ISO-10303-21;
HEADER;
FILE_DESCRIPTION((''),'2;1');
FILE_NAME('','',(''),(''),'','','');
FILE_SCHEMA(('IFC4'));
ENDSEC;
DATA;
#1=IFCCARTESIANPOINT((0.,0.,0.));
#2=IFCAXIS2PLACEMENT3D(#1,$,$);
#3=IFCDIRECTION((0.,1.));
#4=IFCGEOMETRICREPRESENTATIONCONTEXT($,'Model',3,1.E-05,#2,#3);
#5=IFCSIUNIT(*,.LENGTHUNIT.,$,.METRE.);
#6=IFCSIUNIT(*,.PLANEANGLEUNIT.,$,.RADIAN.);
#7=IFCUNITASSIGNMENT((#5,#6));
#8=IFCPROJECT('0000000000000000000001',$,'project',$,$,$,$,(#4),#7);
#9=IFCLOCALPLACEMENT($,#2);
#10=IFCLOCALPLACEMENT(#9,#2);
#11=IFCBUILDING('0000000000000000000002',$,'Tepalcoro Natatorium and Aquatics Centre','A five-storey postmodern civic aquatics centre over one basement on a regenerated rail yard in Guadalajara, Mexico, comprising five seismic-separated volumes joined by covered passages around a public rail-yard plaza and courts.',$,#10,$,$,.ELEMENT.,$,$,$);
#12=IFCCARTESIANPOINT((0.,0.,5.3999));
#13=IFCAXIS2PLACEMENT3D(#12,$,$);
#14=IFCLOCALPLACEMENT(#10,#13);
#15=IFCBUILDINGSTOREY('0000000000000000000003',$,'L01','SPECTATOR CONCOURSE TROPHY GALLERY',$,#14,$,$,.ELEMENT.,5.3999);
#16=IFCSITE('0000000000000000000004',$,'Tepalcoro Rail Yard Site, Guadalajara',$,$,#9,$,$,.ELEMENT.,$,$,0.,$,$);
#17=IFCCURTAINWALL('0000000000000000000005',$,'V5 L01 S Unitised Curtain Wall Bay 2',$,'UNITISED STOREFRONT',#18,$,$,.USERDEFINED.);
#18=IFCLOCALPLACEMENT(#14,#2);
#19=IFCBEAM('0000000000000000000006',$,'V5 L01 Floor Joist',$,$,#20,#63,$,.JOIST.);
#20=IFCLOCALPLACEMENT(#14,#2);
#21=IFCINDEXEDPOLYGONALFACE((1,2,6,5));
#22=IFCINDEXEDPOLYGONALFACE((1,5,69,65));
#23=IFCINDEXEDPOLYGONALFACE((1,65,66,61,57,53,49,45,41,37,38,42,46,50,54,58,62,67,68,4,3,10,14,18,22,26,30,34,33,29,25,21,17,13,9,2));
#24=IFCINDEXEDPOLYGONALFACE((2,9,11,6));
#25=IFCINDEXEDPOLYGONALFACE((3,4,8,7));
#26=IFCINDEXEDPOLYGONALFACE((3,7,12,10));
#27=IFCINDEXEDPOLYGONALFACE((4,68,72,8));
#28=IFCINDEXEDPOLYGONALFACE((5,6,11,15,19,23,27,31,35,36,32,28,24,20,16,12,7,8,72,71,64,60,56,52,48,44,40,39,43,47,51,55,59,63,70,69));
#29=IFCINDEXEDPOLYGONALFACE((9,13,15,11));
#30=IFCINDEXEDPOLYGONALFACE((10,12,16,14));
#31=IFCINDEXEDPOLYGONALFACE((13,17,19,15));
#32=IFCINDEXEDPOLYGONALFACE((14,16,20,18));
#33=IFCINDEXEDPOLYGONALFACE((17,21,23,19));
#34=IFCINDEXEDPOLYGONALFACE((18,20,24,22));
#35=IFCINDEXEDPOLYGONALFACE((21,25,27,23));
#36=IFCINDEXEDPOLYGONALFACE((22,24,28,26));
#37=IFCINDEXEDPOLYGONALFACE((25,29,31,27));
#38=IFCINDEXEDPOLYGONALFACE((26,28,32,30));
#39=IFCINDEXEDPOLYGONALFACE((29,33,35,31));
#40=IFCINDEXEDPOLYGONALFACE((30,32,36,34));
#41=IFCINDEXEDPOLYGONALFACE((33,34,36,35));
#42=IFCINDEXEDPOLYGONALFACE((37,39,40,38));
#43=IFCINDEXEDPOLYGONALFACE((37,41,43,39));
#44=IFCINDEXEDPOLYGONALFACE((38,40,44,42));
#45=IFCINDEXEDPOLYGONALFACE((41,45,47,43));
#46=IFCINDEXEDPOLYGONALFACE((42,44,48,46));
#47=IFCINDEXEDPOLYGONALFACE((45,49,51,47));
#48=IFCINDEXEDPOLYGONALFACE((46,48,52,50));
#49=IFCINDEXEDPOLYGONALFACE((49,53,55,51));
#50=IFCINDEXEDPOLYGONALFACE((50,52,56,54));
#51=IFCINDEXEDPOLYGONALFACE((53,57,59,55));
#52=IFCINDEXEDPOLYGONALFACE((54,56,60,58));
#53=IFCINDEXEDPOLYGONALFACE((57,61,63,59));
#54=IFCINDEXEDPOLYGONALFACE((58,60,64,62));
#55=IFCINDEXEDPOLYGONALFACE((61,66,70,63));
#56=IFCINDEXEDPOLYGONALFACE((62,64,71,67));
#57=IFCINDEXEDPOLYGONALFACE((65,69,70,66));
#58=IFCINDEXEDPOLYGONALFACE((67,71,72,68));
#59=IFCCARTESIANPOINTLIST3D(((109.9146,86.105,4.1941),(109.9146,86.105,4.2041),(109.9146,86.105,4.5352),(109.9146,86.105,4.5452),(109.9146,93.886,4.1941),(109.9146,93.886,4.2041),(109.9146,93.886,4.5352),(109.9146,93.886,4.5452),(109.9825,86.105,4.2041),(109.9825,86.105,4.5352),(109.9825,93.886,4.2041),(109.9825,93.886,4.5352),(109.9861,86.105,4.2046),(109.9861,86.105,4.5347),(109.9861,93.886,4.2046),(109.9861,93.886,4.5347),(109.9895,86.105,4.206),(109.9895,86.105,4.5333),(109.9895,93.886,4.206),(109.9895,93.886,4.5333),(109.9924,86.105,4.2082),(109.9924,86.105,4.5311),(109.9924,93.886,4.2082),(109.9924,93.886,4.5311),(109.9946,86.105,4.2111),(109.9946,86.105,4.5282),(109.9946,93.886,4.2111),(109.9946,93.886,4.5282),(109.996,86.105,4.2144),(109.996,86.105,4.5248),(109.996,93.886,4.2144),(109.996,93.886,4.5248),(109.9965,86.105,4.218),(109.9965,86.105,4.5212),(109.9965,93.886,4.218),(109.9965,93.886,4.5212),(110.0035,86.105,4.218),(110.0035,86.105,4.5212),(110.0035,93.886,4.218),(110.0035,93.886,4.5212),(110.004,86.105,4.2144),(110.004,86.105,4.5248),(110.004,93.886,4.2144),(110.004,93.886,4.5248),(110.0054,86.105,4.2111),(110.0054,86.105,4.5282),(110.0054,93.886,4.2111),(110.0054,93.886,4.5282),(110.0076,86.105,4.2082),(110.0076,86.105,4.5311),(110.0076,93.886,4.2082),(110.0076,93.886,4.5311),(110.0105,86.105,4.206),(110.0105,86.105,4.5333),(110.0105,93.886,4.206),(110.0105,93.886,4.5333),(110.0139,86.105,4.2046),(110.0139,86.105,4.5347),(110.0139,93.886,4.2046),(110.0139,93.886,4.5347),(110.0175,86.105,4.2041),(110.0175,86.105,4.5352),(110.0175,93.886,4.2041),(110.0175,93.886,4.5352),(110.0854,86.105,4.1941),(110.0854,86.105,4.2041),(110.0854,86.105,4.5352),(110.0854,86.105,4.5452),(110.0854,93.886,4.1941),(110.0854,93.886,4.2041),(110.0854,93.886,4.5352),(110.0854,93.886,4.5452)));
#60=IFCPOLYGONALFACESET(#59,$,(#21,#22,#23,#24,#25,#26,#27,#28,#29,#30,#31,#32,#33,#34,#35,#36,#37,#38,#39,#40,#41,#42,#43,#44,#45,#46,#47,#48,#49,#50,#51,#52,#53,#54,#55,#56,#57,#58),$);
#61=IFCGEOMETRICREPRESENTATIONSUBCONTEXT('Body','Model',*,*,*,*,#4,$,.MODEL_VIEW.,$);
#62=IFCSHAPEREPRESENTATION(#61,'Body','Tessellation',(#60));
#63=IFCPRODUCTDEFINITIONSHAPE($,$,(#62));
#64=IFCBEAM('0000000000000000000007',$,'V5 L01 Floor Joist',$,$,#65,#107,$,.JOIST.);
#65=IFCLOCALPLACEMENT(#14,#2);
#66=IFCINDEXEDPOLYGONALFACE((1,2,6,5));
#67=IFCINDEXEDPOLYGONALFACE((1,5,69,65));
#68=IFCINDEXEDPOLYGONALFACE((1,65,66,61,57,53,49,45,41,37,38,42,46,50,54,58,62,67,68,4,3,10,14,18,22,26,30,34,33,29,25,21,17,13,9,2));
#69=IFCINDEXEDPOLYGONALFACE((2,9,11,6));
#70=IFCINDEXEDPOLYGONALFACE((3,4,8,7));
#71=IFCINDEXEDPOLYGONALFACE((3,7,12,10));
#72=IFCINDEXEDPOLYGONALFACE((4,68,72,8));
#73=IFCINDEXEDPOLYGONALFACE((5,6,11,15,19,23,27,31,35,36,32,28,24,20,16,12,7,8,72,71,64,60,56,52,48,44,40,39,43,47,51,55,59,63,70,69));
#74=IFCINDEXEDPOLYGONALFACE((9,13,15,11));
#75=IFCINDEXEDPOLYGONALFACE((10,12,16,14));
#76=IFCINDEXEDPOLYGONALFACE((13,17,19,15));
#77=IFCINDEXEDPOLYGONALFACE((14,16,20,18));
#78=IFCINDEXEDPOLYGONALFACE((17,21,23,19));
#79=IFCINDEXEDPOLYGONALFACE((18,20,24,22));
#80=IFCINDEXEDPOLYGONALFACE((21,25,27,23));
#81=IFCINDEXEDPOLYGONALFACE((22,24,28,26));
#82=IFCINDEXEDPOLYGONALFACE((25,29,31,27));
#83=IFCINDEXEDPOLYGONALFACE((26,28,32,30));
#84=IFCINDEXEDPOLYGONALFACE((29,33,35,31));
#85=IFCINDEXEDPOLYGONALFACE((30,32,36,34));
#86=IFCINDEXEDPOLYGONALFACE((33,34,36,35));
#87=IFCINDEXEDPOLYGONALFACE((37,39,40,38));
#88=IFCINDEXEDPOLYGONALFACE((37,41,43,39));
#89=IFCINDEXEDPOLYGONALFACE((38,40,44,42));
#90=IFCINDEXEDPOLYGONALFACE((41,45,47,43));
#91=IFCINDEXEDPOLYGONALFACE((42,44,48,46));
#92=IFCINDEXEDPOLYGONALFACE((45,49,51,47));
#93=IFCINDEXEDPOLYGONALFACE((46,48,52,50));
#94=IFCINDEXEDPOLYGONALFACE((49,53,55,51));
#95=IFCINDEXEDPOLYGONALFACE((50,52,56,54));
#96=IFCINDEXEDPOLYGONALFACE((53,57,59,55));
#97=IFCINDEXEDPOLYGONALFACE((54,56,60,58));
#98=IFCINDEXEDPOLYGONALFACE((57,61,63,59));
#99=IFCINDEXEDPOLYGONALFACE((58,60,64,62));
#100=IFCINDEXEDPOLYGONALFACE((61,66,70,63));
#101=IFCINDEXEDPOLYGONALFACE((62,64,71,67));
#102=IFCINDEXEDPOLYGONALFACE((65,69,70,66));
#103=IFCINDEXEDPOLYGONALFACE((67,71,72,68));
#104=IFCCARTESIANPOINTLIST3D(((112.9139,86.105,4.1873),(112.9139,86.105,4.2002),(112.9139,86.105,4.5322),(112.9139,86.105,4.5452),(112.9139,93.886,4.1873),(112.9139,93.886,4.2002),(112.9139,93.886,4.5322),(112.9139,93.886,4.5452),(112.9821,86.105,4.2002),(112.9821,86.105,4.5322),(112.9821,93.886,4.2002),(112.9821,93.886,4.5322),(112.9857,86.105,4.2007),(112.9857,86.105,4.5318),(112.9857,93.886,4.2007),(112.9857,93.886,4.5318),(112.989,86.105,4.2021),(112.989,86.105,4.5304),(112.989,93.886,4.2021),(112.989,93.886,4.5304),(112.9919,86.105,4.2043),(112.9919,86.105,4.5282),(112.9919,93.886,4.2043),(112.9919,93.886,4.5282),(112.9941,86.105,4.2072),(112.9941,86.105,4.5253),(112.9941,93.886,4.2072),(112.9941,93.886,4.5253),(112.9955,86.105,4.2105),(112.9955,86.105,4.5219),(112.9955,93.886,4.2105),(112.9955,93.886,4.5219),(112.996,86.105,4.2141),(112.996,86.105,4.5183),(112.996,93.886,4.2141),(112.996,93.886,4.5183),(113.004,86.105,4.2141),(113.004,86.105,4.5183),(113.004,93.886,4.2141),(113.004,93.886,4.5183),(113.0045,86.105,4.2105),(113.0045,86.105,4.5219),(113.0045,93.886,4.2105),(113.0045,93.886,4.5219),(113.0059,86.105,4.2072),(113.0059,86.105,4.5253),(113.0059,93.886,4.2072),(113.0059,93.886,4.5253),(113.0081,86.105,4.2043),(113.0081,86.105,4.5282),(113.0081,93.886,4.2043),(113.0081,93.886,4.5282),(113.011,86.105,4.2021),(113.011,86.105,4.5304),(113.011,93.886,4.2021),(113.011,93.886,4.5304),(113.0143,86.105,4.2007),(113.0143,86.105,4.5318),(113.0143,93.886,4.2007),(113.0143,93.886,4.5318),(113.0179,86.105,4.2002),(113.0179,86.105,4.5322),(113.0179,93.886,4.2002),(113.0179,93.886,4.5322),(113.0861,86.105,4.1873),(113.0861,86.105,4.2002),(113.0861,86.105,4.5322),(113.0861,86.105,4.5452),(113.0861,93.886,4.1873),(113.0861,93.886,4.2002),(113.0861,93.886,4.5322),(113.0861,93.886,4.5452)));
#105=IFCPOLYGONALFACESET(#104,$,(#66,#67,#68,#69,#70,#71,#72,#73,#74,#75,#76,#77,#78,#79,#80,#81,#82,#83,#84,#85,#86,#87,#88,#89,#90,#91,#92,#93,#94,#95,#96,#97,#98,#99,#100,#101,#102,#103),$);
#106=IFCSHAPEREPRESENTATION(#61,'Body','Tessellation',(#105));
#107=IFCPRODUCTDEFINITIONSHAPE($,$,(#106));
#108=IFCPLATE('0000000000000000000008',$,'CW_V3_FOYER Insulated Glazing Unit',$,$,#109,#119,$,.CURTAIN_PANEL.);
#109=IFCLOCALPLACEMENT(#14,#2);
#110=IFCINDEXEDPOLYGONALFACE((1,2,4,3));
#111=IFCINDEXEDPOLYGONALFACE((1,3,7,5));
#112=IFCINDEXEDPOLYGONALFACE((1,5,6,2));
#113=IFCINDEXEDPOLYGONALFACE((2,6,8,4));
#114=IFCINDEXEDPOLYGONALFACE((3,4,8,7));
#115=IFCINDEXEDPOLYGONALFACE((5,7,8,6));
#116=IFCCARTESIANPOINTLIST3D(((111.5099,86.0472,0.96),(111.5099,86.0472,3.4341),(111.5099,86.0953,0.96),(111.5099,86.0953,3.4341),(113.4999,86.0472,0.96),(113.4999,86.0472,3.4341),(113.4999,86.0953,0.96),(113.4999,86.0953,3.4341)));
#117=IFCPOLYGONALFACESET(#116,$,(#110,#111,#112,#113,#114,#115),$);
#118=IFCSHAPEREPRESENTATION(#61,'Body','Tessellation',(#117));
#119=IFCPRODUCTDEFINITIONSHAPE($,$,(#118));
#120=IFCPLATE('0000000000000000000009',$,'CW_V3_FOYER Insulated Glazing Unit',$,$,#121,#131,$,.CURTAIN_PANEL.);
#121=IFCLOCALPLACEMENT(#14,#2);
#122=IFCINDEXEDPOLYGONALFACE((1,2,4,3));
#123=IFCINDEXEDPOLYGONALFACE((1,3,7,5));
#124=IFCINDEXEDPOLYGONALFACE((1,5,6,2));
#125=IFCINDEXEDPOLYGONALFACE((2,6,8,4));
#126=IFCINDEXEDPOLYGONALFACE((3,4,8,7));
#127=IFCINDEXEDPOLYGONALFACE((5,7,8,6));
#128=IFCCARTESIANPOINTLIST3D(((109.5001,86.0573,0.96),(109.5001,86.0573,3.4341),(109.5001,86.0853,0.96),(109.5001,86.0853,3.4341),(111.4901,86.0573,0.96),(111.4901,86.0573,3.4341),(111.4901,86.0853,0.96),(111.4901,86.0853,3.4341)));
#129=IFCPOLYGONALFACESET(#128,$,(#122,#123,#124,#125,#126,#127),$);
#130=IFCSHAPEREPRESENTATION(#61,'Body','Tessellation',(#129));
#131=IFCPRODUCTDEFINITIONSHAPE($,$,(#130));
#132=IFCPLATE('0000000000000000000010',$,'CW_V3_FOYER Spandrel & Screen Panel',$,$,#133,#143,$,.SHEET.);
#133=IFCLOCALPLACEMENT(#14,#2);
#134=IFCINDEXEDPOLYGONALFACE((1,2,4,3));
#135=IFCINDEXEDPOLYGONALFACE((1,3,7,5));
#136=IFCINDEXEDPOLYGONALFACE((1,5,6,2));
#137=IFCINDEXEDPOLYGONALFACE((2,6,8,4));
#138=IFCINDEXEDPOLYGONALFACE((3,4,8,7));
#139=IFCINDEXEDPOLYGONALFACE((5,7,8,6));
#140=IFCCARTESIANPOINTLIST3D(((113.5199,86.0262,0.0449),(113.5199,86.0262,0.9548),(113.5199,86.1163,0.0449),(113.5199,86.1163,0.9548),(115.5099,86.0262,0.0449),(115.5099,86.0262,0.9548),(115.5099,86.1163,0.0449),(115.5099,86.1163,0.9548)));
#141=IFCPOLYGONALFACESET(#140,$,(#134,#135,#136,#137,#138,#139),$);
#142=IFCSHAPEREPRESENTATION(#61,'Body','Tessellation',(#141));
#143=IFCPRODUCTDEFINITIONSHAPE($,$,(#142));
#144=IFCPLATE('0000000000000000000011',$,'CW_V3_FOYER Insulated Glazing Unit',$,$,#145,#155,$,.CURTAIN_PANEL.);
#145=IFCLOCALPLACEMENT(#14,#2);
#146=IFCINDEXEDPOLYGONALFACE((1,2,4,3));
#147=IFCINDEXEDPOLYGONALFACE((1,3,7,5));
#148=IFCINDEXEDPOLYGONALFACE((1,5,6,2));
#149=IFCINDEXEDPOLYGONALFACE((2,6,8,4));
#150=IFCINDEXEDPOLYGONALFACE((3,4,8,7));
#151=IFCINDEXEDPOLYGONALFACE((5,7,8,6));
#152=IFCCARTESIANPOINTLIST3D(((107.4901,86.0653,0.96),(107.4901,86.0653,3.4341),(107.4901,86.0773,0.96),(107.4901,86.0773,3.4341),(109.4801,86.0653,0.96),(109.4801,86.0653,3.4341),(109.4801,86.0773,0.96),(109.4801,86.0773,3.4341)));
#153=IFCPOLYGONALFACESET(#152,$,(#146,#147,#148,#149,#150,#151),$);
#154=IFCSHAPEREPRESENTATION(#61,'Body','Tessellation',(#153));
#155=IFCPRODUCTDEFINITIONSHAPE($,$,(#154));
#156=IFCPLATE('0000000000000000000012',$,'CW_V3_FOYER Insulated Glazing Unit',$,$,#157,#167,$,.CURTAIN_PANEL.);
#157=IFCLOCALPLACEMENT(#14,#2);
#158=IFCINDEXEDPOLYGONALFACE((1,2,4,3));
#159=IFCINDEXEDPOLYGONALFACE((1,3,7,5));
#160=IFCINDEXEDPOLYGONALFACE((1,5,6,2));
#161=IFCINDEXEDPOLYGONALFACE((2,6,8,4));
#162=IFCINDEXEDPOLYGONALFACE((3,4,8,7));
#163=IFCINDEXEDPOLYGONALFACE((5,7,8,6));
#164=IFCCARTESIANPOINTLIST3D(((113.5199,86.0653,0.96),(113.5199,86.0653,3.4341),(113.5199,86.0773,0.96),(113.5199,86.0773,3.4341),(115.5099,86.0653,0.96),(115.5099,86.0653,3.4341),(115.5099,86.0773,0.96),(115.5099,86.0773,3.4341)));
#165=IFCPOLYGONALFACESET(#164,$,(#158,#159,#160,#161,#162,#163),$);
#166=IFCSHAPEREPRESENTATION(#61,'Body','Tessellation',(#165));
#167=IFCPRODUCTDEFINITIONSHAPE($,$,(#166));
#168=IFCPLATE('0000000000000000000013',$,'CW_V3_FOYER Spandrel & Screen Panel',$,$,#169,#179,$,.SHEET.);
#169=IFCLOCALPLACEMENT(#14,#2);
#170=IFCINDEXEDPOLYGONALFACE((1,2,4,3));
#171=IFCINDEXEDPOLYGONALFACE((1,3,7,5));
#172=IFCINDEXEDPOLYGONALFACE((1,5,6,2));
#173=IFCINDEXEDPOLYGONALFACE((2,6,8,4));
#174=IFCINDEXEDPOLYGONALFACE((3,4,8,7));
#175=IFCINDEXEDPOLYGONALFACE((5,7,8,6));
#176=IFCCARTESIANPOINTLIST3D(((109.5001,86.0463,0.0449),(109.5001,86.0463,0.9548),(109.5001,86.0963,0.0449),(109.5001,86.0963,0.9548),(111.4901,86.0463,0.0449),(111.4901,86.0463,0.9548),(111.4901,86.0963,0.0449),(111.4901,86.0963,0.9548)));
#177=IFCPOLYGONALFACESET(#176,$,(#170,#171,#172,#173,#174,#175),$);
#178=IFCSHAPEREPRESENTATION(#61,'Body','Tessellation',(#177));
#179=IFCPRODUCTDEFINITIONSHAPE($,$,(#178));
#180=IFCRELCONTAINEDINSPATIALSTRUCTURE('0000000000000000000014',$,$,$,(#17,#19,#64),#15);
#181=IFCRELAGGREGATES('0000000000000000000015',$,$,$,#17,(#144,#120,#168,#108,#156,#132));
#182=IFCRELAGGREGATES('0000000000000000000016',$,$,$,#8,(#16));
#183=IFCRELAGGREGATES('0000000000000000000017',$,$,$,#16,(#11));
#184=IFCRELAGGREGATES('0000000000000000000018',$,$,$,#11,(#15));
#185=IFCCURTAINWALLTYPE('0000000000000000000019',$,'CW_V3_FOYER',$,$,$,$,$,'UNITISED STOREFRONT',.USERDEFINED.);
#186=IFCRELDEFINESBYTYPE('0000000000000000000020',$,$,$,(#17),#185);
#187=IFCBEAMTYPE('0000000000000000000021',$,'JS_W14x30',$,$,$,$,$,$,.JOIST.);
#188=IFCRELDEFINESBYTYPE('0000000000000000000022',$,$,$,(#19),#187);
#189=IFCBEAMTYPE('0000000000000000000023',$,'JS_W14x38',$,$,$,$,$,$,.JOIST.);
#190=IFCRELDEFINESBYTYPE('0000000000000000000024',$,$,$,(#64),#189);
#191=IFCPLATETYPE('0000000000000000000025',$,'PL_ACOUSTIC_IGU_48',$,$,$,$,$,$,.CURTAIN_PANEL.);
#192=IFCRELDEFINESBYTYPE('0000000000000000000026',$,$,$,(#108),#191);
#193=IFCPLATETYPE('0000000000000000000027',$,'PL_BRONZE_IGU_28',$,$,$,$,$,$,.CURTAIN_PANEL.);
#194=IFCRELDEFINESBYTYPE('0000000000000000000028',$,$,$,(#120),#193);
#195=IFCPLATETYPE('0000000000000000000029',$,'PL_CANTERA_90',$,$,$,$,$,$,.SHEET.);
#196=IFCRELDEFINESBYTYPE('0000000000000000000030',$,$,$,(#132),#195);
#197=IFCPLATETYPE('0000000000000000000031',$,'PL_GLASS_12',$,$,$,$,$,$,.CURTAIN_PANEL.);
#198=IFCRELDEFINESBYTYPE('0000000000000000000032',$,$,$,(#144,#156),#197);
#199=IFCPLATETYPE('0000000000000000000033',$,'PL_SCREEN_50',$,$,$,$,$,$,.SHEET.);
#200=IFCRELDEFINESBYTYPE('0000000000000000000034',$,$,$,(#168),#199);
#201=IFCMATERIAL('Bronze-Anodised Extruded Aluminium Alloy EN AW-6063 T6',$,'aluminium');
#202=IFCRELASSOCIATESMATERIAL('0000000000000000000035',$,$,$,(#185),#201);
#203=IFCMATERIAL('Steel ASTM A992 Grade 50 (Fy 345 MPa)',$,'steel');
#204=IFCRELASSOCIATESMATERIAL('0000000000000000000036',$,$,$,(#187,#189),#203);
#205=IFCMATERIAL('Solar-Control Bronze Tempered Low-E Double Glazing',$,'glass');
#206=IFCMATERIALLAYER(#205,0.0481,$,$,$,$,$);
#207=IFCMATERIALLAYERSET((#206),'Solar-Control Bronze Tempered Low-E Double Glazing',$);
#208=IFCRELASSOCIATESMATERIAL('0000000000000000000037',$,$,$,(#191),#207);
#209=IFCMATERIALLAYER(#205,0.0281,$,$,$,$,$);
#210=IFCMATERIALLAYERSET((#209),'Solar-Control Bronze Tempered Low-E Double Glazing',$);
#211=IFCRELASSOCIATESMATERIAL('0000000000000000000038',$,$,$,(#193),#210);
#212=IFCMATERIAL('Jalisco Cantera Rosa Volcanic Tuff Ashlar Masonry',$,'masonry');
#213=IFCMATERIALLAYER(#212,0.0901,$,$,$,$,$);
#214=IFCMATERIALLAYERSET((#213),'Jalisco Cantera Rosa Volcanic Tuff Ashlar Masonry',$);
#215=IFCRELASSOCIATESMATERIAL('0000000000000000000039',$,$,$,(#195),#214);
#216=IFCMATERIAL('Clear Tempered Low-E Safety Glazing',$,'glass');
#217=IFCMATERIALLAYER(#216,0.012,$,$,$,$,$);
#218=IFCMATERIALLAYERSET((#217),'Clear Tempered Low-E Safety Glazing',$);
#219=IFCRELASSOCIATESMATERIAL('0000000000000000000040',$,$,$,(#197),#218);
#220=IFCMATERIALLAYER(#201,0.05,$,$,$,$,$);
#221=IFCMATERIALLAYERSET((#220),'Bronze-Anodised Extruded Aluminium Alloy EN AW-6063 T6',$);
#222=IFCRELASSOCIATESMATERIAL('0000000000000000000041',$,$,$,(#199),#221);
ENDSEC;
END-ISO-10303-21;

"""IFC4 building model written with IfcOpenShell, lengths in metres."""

from ifc_helpers import new_model, si_unit, direction, frame, origin, origin_2d, place, context, subcontext, project, spatial, rectangle, i_section, extrude, material, layer, layer_set, material_profile, profile_set, type_object, element, aggregate, save


model = new_model("IFC4")

# Units and contexts
model_context = context("Model", 3, precision=1e-05, world=origin(), true_north=direction((0.0, 1.0)))
body_context = subcontext(model_context, "Body", "Model", "MODEL_VIEW")
ifc_project = project(units=[si_unit("LENGTHUNIT", "METRE"), si_unit("PLANEANGLEUNIT", "RADIAN")], contexts=[model_context])

# Site, building, storey
site_placement = place(None, origin())
site = spatial("IfcSite", under=ifc_project, at=site_placement, Name="Tepalcoro Rail Yard Site, Guadalajara", CompositionType="ELEMENT", RefElevation=0.0)
building_placement = place(site_placement, origin())
building = spatial("IfcBuilding", under=site, at=building_placement, Name="Tepalcoro Natatorium and Aquatics Centre", Description="A five-storey postmodern civic aquatics centre over one basement on a regenerated rail yard in Guadalajara, Mexico, comprising five seismic-separated volumes joined by covered passages around a public rail-yard plaza and courts.", CompositionType="ELEMENT")
storey_placement = place(building_placement, frame((0.0, 0.0, 5.3999)))
storey = spatial("IfcBuildingStorey", under=building, at=storey_placement, Name="L01", Description="SPECTATOR CONCOURSE TROPHY GALLERY", CompositionType="ELEMENT", Elevation=5.3999)

# Shared definitions
ifc_material_1 = material(Name="Steel ASTM A992 Grade 50 (Fy 345 MPa)", Category="steel")

# Curtain wall
ifc_material_2 = material(Name="Bronze-Anodised Extruded Aluminium Alloy EN AW-6063 T6", Category="aluminium")
curtain_wall_type = type_object("IfcCurtainWallType", Name="CW_V3_FOYER", ElementType="UNITISED STOREFRONT", PredefinedType="USERDEFINED", material=ifc_material_2)
curtain_wall_placement = place(storey_placement, origin())
curtain_wall = element("IfcCurtainWall", 1, at=curtain_wall_placement, inside=storey, type_object=curtain_wall_type, Name="V5 L01 S Unitised Curtain Wall Bay 2", ObjectType="UNITISED STOREFRONT", PredefinedType="USERDEFINED")

# Beams
ifc_material_profile_1 = material_profile(ifc_material_1, i_section(OverallWidth=0.1709, OverallDepth=0.3511, WebThickness=0.0071, FlangeThickness=0.01, FilletRadius=0.0139, at=origin_2d()), Name="W14X30")
ifc_profile_set_1 = profile_set([ifc_material_profile_1], Name="Steel ASTM A992 Grade 50 (Fy 345 MPa)")
beam_type_1 = type_object("IfcBeamType", Name="JS_W14x30", PredefinedType="JOIST", material=ifc_profile_set_1)
beam_1_placement = place(storey_placement, frame((110.0, 86.105, 4.3696), z_axis=(0.0, 1.0, 0.0), x_axis=(-1.0, 0.0, 0.0)))
element("IfcBeam", 2, at=beam_1_placement, inside=storey, type_object=beam_type_1, Name="V5 L01 Floor Joist", PredefinedType="JOIST", context=body_context, shape_type="SweptSolid", body=[
    extrude(i_section(OverallWidth=0.1709, OverallDepth=0.3511, WebThickness=0.0071, FlangeThickness=0.01, FilletRadius=0.0139, at=origin_2d()), origin(), (0.0, 0.0, 1.0), 7.781),
])
ifc_material_profile_2 = material_profile(ifc_material_1, i_section(OverallWidth=0.1721, OverallDepth=0.3579, WebThickness=0.0081, FlangeThickness=0.0129, FilletRadius=0.0139, at=origin_2d()), Name="W14X38")
ifc_profile_set_2 = profile_set([ifc_material_profile_2], Name="Steel ASTM A992 Grade 50 (Fy 345 MPa)")
beam_type_2 = type_object("IfcBeamType", Name="JS_W14x38", PredefinedType="JOIST", material=ifc_profile_set_2)
beam_2_placement = place(storey_placement, frame((113.0, 86.105, 4.3662), z_axis=(0.0, 1.0, 0.0), x_axis=(-1.0, 0.0, 0.0)))
element("IfcBeam", 3, at=beam_2_placement, inside=storey, type_object=beam_type_2, Name="V5 L01 Floor Joist", PredefinedType="JOIST", context=body_context, shape_type="SweptSolid", body=[
    extrude(i_section(OverallWidth=0.1721, OverallDepth=0.3579, WebThickness=0.0081, FlangeThickness=0.0129, FilletRadius=0.0139, at=origin_2d()), origin(), (0.0, 0.0, 1.0), 7.781),
])

# Plates
ifc_material_3 = material(Name="Solar-Control Bronze Tempered Low-E Double Glazing", Category="glass")
ifc_layer_1 = layer(ifc_material_3, 0.0481)
ifc_layer_set_1 = layer_set([ifc_layer_1], Name="Solar-Control Bronze Tempered Low-E Double Glazing")
plate_type_1 = type_object("IfcPlateType", Name="PL_ACOUSTIC_IGU_48", PredefinedType="CURTAIN_PANEL", material=ifc_layer_set_1)
plate_1_placement = place(storey_placement, frame((112.5049, 86.0713, 0.96), z_axis=(0.0, 0.0, 1.0), x_axis=(1.0, 0.0, 0.0)))
plate_1 = element("IfcPlate", 4, at=plate_1_placement, type_object=plate_type_1, Name="CW_V3_FOYER Insulated Glazing Unit", PredefinedType="CURTAIN_PANEL", context=body_context, shape_type="SweptSolid", body=[
    extrude(rectangle(XDim=1.99, YDim=0.0481, at=origin_2d()), origin(), (0.0, 0.0, 1.0), 2.4741),
])
ifc_layer_2 = layer(ifc_material_3, 0.0281)
ifc_layer_set_2 = layer_set([ifc_layer_2], Name="Solar-Control Bronze Tempered Low-E Double Glazing")
plate_type_2 = type_object("IfcPlateType", Name="PL_BRONZE_IGU_28", PredefinedType="CURTAIN_PANEL", material=ifc_layer_set_2)
plate_2_placement = place(storey_placement, frame((110.4951, 86.0713, 0.96), z_axis=(0.0, 0.0, 1.0), x_axis=(1.0, 0.0, 0.0)))
plate_2 = element("IfcPlate", 5, at=plate_2_placement, type_object=plate_type_2, Name="CW_V3_FOYER Insulated Glazing Unit", PredefinedType="CURTAIN_PANEL", context=body_context, shape_type="SweptSolid", body=[
    extrude(rectangle(XDim=1.99, YDim=0.0281, at=origin_2d()), origin(), (0.0, 0.0, 1.0), 2.4741),
])
ifc_material_4 = material(Name="Jalisco Cantera Rosa Volcanic Tuff Ashlar Masonry", Category="masonry")
ifc_layer_3 = layer(ifc_material_4, 0.0901)
ifc_layer_set_3 = layer_set([ifc_layer_3], Name="Jalisco Cantera Rosa Volcanic Tuff Ashlar Masonry")
plate_type_3 = type_object("IfcPlateType", Name="PL_CANTERA_90", PredefinedType="SHEET", material=ifc_layer_set_3)
plate_3_placement = place(storey_placement, frame((114.5149, 86.0713, 0.0449), z_axis=(0.0, 0.0, 1.0), x_axis=(1.0, 0.0, 0.0)))
plate_3 = element("IfcPlate", 6, at=plate_3_placement, type_object=plate_type_3, Name="CW_V3_FOYER Spandrel & Screen Panel", PredefinedType="SHEET", context=body_context, shape_type="SweptSolid", body=[
    extrude(rectangle(XDim=1.99, YDim=0.0901, at=origin_2d()), origin(), (0.0, 0.0, 1.0), 0.9099),
])
ifc_material_5 = material(Name="Clear Tempered Low-E Safety Glazing", Category="glass")
ifc_layer_4 = layer(ifc_material_5, 0.012)
ifc_layer_set_4 = layer_set([ifc_layer_4], Name="Clear Tempered Low-E Safety Glazing")
plate_type_4 = type_object("IfcPlateType", Name="PL_GLASS_12", PredefinedType="CURTAIN_PANEL", material=ifc_layer_set_4)
plate_4_placement = place(storey_placement, frame((108.4851, 86.0713, 0.96), z_axis=(0.0, 0.0, 1.0), x_axis=(1.0, 0.0, 0.0)))
plate_4 = element("IfcPlate", 7, at=plate_4_placement, type_object=plate_type_4, Name="CW_V3_FOYER Insulated Glazing Unit", PredefinedType="CURTAIN_PANEL", context=body_context, shape_type="SweptSolid", body=[
    extrude(rectangle(XDim=1.99, YDim=0.012, at=origin_2d()), origin(), (0.0, 0.0, 1.0), 2.4741),
])
plate_5_placement = place(storey_placement, frame((114.5149, 86.0713, 0.96), z_axis=(0.0, 0.0, 1.0), x_axis=(1.0, 0.0, 0.0)))
plate_5 = element("IfcPlate", 8, at=plate_5_placement, type_object=plate_type_4, Name="CW_V3_FOYER Insulated Glazing Unit", PredefinedType="CURTAIN_PANEL", context=body_context, shape_type="SweptSolid", body=[
    extrude(rectangle(XDim=1.99, YDim=0.012, at=origin_2d()), origin(), (0.0, 0.0, 1.0), 2.4741),
])
ifc_layer_5 = layer(ifc_material_2, 0.05)
ifc_layer_set_5 = layer_set([ifc_layer_5], Name="Bronze-Anodised Extruded Aluminium Alloy EN AW-6063 T6")
plate_type_5 = type_object("IfcPlateType", Name="PL_SCREEN_50", PredefinedType="SHEET", material=ifc_layer_set_5)
plate_6_placement = place(storey_placement, frame((110.4951, 86.0713, 0.0449), z_axis=(0.0, 0.0, 1.0), x_axis=(1.0, 0.0, 0.0)))
plate_6 = element("IfcPlate", 9, at=plate_6_placement, type_object=plate_type_5, Name="CW_V3_FOYER Spandrel & Screen Panel", PredefinedType="SHEET", context=body_context, shape_type="SweptSolid", body=[
    extrude(rectangle(XDim=1.99, YDim=0.05, at=origin_2d()), origin(), (0.0, 0.0, 1.0), 0.9099),
])
aggregate(curtain_wall, [plate_4, plate_2, plate_6, plate_1, plate_5, plate_3])

save(model, "model.ifc")
